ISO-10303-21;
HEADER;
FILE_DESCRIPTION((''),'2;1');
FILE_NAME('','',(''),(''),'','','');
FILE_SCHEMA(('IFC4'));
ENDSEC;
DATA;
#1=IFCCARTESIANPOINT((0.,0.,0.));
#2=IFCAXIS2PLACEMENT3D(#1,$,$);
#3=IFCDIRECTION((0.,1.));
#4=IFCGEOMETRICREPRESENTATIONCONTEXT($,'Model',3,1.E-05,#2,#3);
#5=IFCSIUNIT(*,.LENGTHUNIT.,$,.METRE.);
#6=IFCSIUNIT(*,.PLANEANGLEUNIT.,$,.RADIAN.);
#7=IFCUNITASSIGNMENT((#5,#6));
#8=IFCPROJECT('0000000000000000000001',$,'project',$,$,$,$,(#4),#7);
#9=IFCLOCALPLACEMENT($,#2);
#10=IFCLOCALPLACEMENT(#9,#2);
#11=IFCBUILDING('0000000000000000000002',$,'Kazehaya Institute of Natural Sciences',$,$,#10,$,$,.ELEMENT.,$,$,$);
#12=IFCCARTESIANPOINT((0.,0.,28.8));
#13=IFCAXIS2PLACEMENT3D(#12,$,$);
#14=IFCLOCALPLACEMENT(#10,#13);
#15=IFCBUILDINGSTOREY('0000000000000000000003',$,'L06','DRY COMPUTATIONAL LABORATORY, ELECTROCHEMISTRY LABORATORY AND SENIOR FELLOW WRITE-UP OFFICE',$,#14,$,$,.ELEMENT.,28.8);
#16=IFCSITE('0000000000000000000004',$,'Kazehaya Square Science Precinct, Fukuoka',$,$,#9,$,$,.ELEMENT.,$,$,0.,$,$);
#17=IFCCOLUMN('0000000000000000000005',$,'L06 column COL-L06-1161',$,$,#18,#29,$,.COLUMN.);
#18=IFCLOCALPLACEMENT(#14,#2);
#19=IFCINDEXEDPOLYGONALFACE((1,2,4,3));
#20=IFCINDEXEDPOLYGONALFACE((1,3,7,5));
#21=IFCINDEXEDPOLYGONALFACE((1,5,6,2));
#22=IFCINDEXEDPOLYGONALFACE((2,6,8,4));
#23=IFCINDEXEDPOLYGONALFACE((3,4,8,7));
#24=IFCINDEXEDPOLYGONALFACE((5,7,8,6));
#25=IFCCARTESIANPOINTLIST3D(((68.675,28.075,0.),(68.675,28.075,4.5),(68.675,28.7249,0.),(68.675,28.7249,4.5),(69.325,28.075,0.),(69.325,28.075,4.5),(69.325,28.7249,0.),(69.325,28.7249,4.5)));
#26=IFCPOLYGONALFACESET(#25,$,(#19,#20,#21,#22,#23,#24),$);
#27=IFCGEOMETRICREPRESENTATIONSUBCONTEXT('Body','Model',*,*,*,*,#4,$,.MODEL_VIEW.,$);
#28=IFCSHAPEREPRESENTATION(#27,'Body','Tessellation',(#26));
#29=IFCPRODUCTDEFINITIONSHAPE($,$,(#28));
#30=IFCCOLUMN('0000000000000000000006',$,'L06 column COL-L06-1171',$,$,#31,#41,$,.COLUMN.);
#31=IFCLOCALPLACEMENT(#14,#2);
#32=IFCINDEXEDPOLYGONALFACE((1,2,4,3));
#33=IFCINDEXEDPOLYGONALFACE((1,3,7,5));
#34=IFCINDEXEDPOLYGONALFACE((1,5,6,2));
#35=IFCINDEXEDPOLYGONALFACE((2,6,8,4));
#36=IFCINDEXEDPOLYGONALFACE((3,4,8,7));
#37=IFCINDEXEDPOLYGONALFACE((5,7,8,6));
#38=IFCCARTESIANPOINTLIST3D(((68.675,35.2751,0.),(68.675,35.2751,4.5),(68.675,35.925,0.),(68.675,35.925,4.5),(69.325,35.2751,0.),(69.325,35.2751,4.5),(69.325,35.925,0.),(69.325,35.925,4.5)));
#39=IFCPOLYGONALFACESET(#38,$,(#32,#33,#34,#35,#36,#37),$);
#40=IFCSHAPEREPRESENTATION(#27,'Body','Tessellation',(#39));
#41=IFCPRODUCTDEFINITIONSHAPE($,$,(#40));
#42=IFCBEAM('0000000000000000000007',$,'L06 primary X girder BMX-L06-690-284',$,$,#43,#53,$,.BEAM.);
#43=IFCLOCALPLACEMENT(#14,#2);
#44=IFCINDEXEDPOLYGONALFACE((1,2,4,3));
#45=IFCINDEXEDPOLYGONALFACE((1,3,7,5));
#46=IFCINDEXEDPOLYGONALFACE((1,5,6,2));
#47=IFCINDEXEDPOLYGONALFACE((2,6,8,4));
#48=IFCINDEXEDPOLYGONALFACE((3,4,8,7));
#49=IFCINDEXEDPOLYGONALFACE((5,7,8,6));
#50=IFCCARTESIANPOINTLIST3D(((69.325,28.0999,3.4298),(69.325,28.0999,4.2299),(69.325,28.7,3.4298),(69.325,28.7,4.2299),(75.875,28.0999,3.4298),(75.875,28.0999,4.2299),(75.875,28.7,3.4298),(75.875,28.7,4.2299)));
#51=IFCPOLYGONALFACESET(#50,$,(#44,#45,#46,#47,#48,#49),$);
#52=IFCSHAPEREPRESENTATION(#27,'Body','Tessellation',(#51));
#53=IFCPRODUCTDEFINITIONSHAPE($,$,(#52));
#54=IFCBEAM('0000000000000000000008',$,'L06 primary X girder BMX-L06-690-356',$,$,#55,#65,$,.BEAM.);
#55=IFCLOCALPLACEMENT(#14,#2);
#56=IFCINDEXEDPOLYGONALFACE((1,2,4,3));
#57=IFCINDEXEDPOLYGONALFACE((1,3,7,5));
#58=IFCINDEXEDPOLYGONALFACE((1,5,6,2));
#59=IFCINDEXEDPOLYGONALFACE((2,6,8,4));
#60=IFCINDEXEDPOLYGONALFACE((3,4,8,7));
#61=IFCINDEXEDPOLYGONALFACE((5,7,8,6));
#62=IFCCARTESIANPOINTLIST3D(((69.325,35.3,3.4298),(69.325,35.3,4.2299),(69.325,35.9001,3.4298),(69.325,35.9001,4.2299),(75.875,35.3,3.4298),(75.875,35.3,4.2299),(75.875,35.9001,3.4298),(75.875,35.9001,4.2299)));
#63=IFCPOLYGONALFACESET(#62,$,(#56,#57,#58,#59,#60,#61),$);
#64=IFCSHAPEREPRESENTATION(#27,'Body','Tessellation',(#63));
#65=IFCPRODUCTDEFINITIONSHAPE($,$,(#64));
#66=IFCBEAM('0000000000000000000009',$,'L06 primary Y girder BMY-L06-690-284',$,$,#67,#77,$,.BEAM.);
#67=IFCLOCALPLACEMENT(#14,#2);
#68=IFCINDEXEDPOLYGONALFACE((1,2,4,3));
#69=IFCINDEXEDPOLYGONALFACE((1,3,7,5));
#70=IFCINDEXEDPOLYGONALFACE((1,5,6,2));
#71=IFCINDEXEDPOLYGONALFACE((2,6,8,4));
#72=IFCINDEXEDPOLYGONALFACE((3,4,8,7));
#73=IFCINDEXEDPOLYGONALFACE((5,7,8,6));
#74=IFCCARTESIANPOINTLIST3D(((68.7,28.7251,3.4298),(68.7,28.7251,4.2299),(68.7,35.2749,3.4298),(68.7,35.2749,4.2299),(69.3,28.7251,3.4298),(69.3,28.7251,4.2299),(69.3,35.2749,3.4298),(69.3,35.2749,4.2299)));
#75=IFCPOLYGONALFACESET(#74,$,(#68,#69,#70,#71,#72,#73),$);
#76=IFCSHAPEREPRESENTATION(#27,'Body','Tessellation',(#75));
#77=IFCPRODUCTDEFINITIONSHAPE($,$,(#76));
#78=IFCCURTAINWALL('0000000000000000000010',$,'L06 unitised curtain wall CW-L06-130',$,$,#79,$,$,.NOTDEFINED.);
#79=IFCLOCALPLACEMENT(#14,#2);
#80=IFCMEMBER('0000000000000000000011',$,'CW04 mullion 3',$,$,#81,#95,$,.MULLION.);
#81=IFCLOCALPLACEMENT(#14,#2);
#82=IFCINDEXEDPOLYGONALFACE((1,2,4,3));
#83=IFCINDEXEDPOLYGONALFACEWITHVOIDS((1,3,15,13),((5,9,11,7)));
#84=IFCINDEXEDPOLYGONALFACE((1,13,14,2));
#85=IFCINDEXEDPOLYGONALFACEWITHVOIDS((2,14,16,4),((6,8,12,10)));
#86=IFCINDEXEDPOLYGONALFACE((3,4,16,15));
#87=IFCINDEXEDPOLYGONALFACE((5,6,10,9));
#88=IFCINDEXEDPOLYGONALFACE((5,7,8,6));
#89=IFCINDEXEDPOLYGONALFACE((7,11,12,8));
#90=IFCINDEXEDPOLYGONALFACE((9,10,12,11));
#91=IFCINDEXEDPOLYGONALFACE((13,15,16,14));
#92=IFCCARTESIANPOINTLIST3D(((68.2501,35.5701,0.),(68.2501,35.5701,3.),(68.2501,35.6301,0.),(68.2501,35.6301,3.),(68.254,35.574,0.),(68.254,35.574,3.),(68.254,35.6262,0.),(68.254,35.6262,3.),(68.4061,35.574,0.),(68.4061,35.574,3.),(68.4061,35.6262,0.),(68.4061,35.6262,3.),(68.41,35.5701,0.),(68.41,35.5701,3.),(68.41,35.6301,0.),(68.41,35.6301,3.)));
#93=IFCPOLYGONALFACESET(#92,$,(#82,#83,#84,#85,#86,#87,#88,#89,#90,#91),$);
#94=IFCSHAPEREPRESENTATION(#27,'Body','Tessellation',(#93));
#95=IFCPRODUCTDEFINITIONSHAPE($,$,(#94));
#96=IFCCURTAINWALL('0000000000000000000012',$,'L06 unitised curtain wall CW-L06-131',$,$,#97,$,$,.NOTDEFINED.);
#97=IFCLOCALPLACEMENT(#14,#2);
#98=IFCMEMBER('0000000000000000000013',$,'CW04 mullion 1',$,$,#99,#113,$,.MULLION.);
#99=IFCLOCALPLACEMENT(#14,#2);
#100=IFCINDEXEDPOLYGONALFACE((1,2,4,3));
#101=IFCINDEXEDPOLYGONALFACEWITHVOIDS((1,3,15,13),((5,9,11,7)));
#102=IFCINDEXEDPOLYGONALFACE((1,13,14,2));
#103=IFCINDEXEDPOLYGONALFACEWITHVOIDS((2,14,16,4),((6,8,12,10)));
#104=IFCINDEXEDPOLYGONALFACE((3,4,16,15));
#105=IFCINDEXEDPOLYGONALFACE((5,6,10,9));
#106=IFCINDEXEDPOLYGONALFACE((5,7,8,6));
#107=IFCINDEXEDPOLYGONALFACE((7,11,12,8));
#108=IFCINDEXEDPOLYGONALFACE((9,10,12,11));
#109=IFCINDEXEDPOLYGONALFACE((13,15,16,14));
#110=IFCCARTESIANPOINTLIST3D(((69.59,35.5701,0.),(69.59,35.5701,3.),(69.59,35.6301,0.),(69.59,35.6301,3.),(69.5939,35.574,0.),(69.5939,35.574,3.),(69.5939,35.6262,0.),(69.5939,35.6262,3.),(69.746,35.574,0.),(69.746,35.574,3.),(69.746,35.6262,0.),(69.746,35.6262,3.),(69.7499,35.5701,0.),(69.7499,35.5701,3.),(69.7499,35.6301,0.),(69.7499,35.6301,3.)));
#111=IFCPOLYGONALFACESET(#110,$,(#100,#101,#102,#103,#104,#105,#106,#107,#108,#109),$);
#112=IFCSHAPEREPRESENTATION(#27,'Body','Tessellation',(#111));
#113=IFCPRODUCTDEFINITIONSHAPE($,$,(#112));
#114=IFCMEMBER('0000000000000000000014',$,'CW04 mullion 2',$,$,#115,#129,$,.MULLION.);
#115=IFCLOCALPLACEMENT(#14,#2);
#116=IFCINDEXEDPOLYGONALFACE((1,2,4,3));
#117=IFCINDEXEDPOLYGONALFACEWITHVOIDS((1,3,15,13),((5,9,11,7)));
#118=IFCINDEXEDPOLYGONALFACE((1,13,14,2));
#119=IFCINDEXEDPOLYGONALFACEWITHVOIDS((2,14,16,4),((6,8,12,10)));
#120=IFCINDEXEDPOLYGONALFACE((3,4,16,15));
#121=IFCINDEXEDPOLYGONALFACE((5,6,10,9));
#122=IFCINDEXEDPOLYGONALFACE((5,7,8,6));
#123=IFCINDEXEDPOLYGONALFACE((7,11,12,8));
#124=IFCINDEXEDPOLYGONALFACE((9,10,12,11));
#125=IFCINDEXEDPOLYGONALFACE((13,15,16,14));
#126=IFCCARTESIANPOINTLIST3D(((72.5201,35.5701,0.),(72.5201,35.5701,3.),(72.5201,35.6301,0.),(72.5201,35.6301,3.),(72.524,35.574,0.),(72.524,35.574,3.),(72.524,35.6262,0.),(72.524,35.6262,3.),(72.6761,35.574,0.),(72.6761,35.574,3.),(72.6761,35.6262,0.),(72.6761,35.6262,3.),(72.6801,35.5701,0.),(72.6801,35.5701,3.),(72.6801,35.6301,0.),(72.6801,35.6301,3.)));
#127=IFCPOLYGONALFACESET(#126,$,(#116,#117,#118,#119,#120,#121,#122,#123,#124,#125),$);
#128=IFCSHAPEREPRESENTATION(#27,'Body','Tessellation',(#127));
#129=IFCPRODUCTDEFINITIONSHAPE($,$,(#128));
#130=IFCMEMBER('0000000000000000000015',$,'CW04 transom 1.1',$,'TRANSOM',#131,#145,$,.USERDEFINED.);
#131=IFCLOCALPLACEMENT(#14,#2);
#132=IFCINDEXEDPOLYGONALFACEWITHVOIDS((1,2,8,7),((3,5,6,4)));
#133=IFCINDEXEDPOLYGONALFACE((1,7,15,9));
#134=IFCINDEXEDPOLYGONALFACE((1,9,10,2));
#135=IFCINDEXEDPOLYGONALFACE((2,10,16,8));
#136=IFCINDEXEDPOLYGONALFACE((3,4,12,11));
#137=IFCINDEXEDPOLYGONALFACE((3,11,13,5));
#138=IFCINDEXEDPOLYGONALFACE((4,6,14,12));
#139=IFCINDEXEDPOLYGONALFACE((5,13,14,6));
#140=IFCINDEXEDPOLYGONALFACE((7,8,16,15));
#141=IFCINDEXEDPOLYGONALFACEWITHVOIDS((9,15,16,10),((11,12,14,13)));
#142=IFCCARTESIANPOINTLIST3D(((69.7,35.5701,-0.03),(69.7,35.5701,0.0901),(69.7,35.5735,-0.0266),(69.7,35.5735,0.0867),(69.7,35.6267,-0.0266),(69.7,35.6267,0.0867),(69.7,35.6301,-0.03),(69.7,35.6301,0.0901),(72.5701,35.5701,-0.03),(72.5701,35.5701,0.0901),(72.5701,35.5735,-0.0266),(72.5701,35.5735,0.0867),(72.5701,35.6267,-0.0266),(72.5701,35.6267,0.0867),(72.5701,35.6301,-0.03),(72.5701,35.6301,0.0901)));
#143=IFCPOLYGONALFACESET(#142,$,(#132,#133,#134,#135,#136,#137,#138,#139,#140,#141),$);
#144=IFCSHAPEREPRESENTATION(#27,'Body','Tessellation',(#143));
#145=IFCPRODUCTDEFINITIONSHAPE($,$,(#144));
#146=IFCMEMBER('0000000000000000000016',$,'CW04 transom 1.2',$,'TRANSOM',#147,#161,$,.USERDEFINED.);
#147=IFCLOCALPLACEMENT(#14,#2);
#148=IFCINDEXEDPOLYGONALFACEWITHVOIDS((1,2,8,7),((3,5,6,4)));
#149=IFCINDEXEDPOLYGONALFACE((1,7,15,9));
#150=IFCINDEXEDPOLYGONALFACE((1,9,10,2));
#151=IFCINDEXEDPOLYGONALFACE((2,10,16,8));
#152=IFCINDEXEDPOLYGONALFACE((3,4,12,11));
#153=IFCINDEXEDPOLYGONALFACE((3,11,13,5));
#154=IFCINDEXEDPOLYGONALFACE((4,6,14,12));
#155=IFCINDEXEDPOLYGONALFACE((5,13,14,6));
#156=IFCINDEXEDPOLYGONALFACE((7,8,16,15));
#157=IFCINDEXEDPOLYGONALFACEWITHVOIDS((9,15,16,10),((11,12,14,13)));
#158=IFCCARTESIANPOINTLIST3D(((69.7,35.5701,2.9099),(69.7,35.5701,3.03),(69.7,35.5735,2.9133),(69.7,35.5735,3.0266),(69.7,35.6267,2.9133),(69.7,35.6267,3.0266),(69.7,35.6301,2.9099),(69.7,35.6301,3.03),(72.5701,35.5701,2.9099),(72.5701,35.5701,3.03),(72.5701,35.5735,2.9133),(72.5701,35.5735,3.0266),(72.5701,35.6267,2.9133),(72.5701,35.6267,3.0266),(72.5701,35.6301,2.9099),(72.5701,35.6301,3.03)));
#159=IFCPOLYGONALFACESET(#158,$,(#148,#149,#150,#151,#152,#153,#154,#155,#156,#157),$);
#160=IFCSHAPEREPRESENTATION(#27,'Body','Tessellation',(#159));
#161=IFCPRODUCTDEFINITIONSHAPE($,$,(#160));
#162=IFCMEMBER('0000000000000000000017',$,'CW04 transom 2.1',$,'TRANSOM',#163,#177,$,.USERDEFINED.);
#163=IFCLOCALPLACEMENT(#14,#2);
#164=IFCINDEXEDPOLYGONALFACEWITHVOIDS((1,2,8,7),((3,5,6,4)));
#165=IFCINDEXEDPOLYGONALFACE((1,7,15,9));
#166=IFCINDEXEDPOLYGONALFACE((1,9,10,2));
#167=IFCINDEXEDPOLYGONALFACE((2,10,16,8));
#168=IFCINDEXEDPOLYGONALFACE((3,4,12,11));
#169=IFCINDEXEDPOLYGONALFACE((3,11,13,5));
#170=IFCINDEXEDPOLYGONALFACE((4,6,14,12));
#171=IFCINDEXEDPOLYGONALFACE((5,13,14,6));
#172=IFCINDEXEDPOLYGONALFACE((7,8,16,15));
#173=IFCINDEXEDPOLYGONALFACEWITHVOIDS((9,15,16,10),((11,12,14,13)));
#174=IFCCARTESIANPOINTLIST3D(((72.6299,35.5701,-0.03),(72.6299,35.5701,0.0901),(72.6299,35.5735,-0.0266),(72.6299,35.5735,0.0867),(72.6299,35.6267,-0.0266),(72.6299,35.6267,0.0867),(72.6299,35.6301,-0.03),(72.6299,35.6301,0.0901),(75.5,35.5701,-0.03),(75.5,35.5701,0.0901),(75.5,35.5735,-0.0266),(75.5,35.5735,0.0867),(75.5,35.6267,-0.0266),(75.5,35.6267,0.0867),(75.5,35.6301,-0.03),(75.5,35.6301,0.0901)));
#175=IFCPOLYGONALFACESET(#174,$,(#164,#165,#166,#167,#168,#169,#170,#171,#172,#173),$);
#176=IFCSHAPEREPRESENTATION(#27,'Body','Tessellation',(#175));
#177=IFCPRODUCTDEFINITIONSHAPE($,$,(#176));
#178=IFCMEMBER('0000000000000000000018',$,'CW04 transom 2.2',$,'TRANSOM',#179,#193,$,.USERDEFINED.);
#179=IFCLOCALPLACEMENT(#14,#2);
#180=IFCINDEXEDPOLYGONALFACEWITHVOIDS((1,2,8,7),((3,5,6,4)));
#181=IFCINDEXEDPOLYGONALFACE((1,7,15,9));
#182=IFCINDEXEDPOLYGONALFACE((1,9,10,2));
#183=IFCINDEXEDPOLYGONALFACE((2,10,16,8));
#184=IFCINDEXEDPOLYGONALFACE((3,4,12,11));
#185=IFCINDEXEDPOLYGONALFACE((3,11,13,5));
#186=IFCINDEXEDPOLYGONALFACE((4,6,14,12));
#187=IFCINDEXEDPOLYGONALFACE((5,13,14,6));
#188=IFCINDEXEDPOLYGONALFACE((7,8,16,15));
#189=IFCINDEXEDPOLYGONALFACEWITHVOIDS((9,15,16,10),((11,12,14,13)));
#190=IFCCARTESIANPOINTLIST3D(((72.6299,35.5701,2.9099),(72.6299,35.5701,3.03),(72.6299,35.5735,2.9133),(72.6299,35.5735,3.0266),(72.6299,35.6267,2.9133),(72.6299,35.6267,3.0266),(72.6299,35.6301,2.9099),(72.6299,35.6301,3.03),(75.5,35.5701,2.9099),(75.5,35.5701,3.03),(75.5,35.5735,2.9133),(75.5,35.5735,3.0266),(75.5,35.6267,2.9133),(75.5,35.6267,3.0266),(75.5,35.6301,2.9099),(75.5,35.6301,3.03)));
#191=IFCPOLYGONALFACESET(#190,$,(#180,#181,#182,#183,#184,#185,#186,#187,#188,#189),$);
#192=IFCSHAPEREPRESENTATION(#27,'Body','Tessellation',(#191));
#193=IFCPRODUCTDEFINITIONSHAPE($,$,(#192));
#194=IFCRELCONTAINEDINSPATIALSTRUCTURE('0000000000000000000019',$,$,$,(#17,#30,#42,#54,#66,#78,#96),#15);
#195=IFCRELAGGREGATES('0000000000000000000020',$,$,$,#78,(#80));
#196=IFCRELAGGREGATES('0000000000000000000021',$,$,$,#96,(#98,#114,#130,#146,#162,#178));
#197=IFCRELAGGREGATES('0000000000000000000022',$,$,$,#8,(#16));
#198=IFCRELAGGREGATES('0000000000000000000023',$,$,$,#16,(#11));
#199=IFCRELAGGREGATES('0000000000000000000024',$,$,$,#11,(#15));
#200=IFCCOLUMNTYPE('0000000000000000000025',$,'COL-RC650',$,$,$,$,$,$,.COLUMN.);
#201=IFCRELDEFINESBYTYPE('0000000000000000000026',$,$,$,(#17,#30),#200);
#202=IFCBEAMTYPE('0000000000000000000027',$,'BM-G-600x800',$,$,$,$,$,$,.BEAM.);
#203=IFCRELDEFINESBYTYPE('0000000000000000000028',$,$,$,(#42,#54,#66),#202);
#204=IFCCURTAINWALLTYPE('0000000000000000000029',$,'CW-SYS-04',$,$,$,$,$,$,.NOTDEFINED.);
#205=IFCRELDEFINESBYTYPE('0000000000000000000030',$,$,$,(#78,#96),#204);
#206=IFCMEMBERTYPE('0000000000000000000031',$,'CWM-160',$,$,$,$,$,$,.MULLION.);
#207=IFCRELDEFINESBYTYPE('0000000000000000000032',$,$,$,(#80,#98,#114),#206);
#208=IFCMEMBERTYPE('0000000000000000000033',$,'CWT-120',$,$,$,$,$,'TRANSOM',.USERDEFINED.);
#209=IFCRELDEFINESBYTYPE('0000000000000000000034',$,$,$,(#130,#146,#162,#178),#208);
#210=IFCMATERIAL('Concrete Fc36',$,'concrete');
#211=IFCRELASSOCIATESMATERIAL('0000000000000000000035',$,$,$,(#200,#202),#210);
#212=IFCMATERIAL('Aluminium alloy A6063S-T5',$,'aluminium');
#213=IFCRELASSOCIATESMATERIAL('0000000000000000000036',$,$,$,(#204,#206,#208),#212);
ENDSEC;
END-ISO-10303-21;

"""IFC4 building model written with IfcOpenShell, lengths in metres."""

from ifc_helpers import new_model, si_unit, direction, frame, origin, origin_2d, place, context, subcontext, project, spatial, rectangle, hollow_rectangle, extrude, material, material_profile, profile_set, type_object, element, aggregate, save


model = new_model("IFC4")

# Units and contexts
model_context = context("Model", 3, precision=1e-05, world=origin(), true_north=direction((0.0, 1.0)))
body_context = subcontext(model_context, "Body", "Model", "MODEL_VIEW")
ifc_project = project(units=[si_unit("LENGTHUNIT", "METRE"), si_unit("PLANEANGLEUNIT", "RADIAN")], contexts=[model_context])

# Site, building, storey
site_placement = place(None, origin())
site = spatial("IfcSite", under=ifc_project, at=site_placement, Name="Kazehaya Square Science Precinct, Fukuoka", CompositionType="ELEMENT", RefElevation=0.0)
building_placement = place(site_placement, origin())
building = spatial("IfcBuilding", under=site, at=building_placement, Name="Kazehaya Institute of Natural Sciences", CompositionType="ELEMENT")
storey_placement = place(building_placement, frame((0.0, 0.0, 28.8)))
storey = spatial("IfcBuildingStorey", under=building, at=storey_placement, Name="L06", Description="DRY COMPUTATIONAL LABORATORY, ELECTROCHEMISTRY LABORATORY AND SENIOR FELLOW WRITE-UP OFFICE", CompositionType="ELEMENT", Elevation=28.8)

# Columns
ifc_material_1 = material(Name="Concrete Fc36", Category="concrete")
ifc_material_profile_1 = material_profile(ifc_material_1, rectangle(XDim=0.6499, YDim=0.6499, at=origin_2d()), Name="RC-650x650")
ifc_profile_set_1 = profile_set([ifc_material_profile_1], Name="Concrete Fc36")
column_type = type_object("IfcColumnType", Name="COL-RC650", PredefinedType="COLUMN", material=ifc_profile_set_1)
for number, where, z_axis, x_axis, name in (
    (1, (69.0, 28.3999, 0.0), (0.0, 0.0, 1.0), (1.0, 0.0, 0.0), "L06 column COL-L06-1161"),
    (2, (69.0, 35.6001, 0.0), (0.0, 0.0, 1.0), (1.0, 0.0, 0.0), "L06 column COL-L06-1171"),
):
    element("IfcColumn", number, at=place(storey_placement, frame(where, z_axis=z_axis, x_axis=x_axis)), inside=storey, type_object=column_type, Name=name, PredefinedType="COLUMN", context=body_context, shape_type="SweptSolid", body=[
        extrude(rectangle(XDim=0.6499, YDim=0.6499, at=origin_2d()), origin(), (0.0, 0.0, 1.0), 4.5),
    ])

# Beams
ifc_material_profile_2 = material_profile(ifc_material_1, rectangle(XDim=0.6001, YDim=0.8, at=origin_2d()), Name="RC-600x800")
ifc_profile_set_2 = profile_set([ifc_material_profile_2], Name="Concrete Fc36")
beam_type = type_object("IfcBeamType", Name="BM-G-600x800", PredefinedType="BEAM", material=ifc_profile_set_2)
for number, where, z_axis, x_axis, name in (
    (3, (69.325, 28.3999, 3.8298), (1.0, 0.0, 0.0), (0.0, 1.0, 0.0), "L06 primary X girder BMX-L06-690-284"),
    (4, (69.325, 35.6001, 3.8298), (1.0, 0.0, 0.0), (0.0, 1.0, 0.0), "L06 primary X girder BMX-L06-690-356"),
):
    element("IfcBeam", number, at=place(storey_placement, frame(where, z_axis=z_axis, x_axis=x_axis)), inside=storey, type_object=beam_type, Name=name, PredefinedType="BEAM", context=body_context, shape_type="SweptSolid", body=[
        extrude(rectangle(XDim=0.6001, YDim=0.8, at=origin_2d()), origin(), (0.0, 0.0, 1.0), 6.55),
    ])
beam_placement = place(storey_placement, frame((69.0, 28.7251, 3.8298), z_axis=(0.0, 1.0, 0.0), x_axis=(-1.0, 0.0, 0.0)))
element("IfcBeam", 5, at=beam_placement, inside=storey, type_object=beam_type, Name="L06 primary Y girder BMY-L06-690-284", PredefinedType="BEAM", context=body_context, shape_type="SweptSolid", body=[
    extrude(rectangle(XDim=0.6001, YDim=0.8, at=origin_2d()), origin(), (0.0, 0.0, 1.0), 6.5498),
])

# Curtain wall, member
ifc_material_2 = material(Name="Aluminium alloy A6063S-T5", Category="aluminium")
curtain_wall_type = type_object("IfcCurtainWallType", Name="CW-SYS-04", PredefinedType="NOTDEFINED", material=ifc_material_2)
curtain_wall_1_placement = place(storey_placement, origin())
curtain_wall_1 = element("IfcCurtainWall", 6, at=curtain_wall_1_placement, inside=storey, type_object=curtain_wall_type, Name="L06 unitised curtain wall CW-L06-130", PredefinedType="NOTDEFINED")
ifc_material_profile_3 = material_profile(ifc_material_2, hollow_rectangle(XDim=0.0601, YDim=0.1599, WallThickness=0.0039, at=origin_2d()), Name="ALU-60x160x4")
ifc_profile_set_3 = profile_set([ifc_material_profile_3], Name="Aluminium alloy A6063S-T5")
member_type_1 = type_object("IfcMemberType", Name="CWM-160", PredefinedType="MULLION", material=ifc_profile_set_3)
member_1_placement = place(storey_placement, frame((68.3301, 35.6001, 0.0), z_axis=(0.0, 0.0, 1.0), x_axis=(0.0, 1.0, 0.0)))
member_1 = element("IfcMember", 7, at=member_1_placement, type_object=member_type_1, Name="CW04 mullion 3", PredefinedType="MULLION", context=body_context, shape_type="SweptSolid", body=[
    extrude(hollow_rectangle(XDim=0.0601, YDim=0.1599, WallThickness=0.0039, at=origin_2d()), origin(), (0.0, 0.0, 1.0), 3.0),
])

# Curtain wall, members
curtain_wall_2_placement = place(storey_placement, origin())
curtain_wall_2 = element("IfcCurtainWall", 8, at=curtain_wall_2_placement, inside=storey, type_object=curtain_wall_type, Name="L06 unitised curtain wall CW-L06-131", PredefinedType="NOTDEFINED")
member_2_placement = place(storey_placement, frame((69.6699, 35.6001, 0.0), z_axis=(0.0, 0.0, 1.0), x_axis=(0.0, 1.0, 0.0)))
member_2 = element("IfcMember", 9, at=member_2_placement, type_object=member_type_1, Name="CW04 mullion 1", PredefinedType="MULLION", context=body_context, shape_type="SweptSolid", body=[
    extrude(hollow_rectangle(XDim=0.0601, YDim=0.1599, WallThickness=0.0039, at=origin_2d()), origin(), (0.0, 0.0, 1.0), 3.0),
])
member_3_placement = place(storey_placement, frame((72.6001, 35.6001, 0.0), z_axis=(0.0, 0.0, 1.0), x_axis=(0.0, 1.0, 0.0)))
member_3 = element("IfcMember", 10, at=member_3_placement, type_object=member_type_1, Name="CW04 mullion 2", PredefinedType="MULLION", context=body_context, shape_type="SweptSolid", body=[
    extrude(hollow_rectangle(XDim=0.0601, YDim=0.1599, WallThickness=0.0039, at=origin_2d()), origin(), (0.0, 0.0, 1.0), 3.0),
])
ifc_material_profile_4 = material_profile(ifc_material_2, hollow_rectangle(XDim=0.0601, YDim=0.1201, WallThickness=0.0034, at=origin_2d()), Name="ALU-60x120x3.5")
ifc_profile_set_4 = profile_set([ifc_material_profile_4], Name="Aluminium alloy A6063S-T5")
member_type_2 = type_object("IfcMemberType", Name="CWT-120", ElementType="TRANSOM", PredefinedType="USERDEFINED", material=ifc_profile_set_4)
member_4_placement = place(storey_placement, frame((69.7, 35.6001, 0.03), z_axis=(1.0, 0.0, 0.0), x_axis=(0.0, 1.0, 0.0)))
member_4 = element("IfcMember", 11, at=member_4_placement, type_object=member_type_2, Name="CW04 transom 1.1", ObjectType="TRANSOM", PredefinedType="USERDEFINED", context=body_context, shape_type="SweptSolid", body=[
    extrude(hollow_rectangle(XDim=0.0601, YDim=0.1201, WallThickness=0.0034, at=origin_2d()), origin(), (0.0, 0.0, 1.0), 2.8701),
])
member_5_placement = place(storey_placement, frame((69.7, 35.6001, 2.97), z_axis=(1.0, 0.0, 0.0), x_axis=(0.0, 1.0, 0.0)))
member_5 = element("IfcMember", 12, at=member_5_placement, type_object=member_type_2, Name="CW04 transom 1.2", ObjectType="TRANSOM", PredefinedType="USERDEFINED", context=body_context, shape_type="SweptSolid", body=[
    extrude(hollow_rectangle(XDim=0.0601, YDim=0.1201, WallThickness=0.0034, at=origin_2d()), origin(), (0.0, 0.0, 1.0), 2.8701),
])
member_6_placement = place(storey_placement, frame((72.6299, 35.6001, 0.03), z_axis=(1.0, 0.0, 0.0), x_axis=(0.0, 1.0, 0.0)))
member_6 = element("IfcMember", 13, at=member_6_placement, type_object=member_type_2, Name="CW04 transom 2.1", ObjectType="TRANSOM", PredefinedType="USERDEFINED", context=body_context, shape_type="SweptSolid", body=[
    extrude(hollow_rectangle(XDim=0.0601, YDim=0.1201, WallThickness=0.0034, at=origin_2d()), origin(), (0.0, 0.0, 1.0), 2.8701),
])
member_7_placement = place(storey_placement, frame((72.6299, 35.6001, 2.97), z_axis=(1.0, 0.0, 0.0), x_axis=(0.0, 1.0, 0.0)))
member_7 = element("IfcMember", 14, at=member_7_placement, type_object=member_type_2, Name="CW04 transom 2.2", ObjectType="TRANSOM", PredefinedType="USERDEFINED", context=body_context, shape_type="SweptSolid", body=[
    extrude(hollow_rectangle(XDim=0.0601, YDim=0.1201, WallThickness=0.0034, at=origin_2d()), origin(), (0.0, 0.0, 1.0), 2.8701),
])

aggregate(curtain_wall_1, [member_1])
aggregate(curtain_wall_2, [member_2, member_3, member_4, member_5, member_6, member_7])

save(model, "model.ifc")
